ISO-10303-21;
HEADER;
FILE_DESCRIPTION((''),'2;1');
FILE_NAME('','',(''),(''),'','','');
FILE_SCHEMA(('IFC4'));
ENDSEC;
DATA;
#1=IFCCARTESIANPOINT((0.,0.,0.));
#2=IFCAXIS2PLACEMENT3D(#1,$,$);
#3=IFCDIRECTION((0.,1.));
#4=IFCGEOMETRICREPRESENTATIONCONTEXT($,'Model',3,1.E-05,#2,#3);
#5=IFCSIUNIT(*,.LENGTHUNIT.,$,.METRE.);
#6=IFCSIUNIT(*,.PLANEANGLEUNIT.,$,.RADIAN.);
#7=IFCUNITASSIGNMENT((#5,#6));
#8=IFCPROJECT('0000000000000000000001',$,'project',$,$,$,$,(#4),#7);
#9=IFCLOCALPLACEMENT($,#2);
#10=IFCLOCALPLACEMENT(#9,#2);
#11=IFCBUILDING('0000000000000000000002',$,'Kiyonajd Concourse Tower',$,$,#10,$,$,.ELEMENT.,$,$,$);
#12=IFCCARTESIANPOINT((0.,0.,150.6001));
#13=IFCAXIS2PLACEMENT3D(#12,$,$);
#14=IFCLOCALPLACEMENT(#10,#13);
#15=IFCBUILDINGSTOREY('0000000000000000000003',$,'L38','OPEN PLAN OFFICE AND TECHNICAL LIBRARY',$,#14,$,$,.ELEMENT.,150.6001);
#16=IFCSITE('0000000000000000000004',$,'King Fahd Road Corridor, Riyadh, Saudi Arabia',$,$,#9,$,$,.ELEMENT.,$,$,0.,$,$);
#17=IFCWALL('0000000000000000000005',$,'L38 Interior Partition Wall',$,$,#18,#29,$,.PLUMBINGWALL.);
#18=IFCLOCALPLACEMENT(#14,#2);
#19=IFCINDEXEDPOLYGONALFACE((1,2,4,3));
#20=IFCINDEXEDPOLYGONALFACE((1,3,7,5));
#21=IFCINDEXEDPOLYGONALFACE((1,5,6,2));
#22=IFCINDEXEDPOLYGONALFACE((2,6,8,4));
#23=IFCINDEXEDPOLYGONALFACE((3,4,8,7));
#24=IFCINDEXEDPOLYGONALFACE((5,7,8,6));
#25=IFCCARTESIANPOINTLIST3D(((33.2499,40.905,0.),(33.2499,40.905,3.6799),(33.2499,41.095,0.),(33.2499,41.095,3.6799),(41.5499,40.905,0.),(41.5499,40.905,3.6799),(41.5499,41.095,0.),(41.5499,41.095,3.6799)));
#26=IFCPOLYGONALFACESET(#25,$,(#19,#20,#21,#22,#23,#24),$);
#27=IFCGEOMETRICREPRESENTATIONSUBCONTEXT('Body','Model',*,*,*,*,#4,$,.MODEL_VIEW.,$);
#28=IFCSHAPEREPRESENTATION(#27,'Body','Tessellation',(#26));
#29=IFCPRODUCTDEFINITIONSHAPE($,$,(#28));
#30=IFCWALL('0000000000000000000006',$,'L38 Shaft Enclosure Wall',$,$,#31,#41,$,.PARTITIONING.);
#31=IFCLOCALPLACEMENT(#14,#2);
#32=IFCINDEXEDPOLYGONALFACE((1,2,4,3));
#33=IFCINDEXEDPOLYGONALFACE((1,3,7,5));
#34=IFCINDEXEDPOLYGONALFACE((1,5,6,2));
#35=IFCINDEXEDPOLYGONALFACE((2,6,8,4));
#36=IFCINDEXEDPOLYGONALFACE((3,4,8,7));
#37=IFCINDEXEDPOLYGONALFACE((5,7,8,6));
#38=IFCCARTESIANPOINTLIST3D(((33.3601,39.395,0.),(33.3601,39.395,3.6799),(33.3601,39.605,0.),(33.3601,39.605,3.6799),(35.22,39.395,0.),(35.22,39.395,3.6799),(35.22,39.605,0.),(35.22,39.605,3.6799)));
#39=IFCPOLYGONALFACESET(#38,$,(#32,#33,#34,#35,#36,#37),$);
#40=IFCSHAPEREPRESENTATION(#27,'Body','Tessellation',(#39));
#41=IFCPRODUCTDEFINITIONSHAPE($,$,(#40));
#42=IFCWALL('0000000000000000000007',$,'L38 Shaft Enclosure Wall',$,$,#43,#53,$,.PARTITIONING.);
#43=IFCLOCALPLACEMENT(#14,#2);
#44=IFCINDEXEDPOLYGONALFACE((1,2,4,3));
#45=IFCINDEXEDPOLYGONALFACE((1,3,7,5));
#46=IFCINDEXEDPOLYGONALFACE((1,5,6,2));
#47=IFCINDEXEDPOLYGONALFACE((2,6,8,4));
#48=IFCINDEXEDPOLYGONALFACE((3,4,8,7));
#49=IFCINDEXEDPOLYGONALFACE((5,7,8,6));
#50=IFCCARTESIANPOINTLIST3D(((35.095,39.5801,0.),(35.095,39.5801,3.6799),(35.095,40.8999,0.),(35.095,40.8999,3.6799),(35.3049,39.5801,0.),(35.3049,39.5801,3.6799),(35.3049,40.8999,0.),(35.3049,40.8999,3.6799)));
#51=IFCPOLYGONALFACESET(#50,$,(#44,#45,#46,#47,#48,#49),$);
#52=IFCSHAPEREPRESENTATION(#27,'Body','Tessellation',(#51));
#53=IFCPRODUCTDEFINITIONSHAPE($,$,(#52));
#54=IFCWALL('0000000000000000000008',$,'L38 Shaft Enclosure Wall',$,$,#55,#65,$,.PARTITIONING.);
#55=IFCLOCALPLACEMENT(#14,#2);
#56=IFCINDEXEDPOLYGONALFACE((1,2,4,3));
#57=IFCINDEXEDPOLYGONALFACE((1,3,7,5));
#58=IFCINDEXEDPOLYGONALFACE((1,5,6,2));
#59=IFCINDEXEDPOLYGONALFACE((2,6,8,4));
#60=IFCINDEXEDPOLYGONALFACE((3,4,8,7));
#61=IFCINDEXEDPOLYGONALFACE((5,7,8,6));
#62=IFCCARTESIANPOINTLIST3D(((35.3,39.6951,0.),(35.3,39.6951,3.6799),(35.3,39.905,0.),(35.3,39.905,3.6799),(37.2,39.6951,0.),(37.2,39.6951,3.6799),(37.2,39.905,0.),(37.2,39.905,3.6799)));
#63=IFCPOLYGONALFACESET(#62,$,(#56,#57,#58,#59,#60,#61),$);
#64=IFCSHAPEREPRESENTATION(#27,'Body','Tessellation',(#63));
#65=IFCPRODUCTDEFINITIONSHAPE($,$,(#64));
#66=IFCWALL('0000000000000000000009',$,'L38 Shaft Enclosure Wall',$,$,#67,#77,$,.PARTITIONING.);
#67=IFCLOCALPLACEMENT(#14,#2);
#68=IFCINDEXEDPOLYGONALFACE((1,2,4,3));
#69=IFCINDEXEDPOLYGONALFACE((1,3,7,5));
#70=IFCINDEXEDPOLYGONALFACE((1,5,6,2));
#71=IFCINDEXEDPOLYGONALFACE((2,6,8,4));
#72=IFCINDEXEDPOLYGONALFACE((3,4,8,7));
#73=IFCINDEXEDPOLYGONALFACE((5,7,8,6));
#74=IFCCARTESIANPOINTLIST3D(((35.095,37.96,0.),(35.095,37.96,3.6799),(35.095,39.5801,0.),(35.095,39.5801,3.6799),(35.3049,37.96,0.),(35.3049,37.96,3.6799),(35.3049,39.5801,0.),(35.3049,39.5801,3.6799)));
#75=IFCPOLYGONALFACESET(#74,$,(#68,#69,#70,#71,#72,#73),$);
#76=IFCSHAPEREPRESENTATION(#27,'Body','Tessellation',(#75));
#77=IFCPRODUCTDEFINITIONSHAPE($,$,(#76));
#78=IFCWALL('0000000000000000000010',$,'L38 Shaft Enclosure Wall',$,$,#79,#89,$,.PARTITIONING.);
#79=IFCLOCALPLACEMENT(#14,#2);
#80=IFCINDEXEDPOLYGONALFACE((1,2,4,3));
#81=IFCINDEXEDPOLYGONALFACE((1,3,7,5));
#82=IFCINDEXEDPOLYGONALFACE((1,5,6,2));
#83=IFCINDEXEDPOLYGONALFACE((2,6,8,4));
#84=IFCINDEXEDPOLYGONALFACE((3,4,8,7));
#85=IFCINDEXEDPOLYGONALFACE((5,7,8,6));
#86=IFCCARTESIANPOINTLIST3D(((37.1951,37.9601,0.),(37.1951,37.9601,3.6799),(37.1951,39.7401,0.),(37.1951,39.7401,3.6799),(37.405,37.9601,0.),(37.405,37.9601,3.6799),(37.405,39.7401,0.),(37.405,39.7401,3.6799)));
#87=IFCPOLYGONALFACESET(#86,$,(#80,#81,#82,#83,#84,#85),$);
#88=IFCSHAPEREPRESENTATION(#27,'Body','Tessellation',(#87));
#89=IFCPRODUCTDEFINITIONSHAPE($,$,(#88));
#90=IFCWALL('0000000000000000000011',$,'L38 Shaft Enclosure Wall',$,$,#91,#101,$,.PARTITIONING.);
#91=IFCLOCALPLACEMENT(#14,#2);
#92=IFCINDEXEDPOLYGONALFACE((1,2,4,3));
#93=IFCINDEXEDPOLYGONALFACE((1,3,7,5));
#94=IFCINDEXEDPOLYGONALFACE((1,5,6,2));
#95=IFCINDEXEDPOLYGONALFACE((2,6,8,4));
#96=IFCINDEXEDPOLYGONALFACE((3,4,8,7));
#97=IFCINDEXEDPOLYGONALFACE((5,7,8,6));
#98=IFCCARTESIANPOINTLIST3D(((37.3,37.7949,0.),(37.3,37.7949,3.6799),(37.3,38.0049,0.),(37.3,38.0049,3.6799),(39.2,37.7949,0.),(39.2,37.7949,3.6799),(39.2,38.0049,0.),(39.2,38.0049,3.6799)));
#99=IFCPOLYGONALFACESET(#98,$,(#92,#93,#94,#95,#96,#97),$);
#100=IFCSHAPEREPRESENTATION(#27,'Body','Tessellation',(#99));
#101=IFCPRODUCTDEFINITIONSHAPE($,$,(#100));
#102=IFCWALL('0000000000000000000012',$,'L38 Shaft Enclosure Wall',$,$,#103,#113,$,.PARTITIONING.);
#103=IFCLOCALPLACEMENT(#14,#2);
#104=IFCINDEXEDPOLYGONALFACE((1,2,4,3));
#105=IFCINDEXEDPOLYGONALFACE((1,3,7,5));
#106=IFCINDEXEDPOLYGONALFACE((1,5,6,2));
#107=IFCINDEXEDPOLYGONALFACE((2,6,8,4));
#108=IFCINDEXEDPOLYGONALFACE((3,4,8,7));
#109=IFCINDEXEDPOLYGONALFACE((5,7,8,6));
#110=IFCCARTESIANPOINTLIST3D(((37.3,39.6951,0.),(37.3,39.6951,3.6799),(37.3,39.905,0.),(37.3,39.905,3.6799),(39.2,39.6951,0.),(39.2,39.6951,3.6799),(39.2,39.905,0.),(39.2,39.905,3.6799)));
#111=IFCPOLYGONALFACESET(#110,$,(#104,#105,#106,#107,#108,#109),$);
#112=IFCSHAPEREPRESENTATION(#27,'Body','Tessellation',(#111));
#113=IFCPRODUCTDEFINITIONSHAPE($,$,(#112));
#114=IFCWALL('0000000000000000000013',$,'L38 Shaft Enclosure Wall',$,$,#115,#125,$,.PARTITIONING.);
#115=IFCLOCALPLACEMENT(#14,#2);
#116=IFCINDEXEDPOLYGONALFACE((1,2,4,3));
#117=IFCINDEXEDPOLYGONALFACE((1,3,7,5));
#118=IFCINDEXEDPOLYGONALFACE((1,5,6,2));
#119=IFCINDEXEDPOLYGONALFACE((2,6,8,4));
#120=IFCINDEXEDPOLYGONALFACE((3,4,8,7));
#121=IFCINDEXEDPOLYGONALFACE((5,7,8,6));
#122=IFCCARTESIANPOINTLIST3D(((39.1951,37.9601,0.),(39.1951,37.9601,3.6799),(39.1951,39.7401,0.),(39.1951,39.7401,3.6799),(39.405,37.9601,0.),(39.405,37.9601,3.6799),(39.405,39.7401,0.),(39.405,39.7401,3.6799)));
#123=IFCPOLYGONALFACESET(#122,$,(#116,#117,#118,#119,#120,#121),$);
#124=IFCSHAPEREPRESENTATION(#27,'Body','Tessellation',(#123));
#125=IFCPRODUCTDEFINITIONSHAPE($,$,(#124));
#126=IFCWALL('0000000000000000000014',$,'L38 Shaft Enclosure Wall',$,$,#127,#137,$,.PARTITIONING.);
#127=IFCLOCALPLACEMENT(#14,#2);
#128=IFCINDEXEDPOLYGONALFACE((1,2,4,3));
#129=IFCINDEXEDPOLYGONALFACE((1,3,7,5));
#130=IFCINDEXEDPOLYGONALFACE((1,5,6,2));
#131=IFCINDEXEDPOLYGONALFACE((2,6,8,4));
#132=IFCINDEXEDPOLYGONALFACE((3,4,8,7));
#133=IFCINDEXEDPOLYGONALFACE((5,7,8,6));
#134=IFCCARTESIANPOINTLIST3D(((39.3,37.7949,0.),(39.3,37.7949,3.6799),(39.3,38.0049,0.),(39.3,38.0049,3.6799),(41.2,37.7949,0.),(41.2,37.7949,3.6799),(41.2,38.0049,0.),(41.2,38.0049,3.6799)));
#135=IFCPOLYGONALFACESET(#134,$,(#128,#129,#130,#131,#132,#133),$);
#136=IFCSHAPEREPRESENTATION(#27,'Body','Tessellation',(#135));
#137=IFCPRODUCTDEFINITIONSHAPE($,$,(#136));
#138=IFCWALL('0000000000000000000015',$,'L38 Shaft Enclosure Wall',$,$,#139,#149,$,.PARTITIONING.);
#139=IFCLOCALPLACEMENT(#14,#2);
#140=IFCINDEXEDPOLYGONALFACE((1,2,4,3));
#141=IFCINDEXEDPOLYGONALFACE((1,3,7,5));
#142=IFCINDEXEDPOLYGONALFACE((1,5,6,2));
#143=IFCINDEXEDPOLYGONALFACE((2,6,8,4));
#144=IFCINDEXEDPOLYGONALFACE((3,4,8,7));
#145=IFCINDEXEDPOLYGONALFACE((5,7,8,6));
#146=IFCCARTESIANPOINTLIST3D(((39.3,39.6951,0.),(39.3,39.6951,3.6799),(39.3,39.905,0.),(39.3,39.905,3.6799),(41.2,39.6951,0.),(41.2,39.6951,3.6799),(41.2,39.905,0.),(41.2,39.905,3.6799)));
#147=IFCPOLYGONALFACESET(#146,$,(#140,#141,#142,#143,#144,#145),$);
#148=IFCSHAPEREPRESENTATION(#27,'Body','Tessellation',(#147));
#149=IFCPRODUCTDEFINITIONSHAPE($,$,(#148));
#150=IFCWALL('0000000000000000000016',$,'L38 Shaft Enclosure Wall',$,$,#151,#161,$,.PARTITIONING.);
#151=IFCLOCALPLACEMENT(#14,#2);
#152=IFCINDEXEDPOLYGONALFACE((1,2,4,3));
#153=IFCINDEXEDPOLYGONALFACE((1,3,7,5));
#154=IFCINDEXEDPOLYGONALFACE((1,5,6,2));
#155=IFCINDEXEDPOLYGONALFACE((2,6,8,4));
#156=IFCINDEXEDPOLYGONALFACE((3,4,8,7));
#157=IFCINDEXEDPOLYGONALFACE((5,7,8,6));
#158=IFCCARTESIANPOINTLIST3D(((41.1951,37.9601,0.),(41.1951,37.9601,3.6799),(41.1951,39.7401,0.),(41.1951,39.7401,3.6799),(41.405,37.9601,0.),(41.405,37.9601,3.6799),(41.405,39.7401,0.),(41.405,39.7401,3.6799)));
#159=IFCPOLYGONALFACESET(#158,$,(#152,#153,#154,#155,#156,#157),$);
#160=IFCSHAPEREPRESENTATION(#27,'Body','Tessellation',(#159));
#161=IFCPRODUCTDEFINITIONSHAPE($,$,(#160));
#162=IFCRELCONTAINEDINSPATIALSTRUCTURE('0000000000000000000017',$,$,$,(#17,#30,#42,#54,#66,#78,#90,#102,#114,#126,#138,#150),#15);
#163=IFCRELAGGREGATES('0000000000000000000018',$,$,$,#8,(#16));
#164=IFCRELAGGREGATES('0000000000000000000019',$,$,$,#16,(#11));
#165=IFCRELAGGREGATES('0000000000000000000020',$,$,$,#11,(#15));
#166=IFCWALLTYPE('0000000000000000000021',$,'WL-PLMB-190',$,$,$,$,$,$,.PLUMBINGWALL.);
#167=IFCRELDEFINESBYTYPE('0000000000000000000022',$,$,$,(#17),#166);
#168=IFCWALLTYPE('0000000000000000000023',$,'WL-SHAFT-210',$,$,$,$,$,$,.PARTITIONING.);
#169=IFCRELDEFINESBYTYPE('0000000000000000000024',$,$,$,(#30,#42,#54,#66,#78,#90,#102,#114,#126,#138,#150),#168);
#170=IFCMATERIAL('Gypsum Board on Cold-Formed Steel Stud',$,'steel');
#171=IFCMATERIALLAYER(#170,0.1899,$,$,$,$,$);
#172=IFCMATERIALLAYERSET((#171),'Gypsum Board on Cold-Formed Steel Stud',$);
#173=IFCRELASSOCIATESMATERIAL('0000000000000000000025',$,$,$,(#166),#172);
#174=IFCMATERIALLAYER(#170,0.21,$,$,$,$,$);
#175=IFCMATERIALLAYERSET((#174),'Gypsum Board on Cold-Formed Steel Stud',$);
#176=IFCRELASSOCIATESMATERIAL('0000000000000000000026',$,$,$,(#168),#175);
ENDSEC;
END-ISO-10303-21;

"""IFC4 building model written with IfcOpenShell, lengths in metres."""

from ifc_helpers import new_model, si_unit, direction, frame, frame_2d, origin, place, context, subcontext, project, spatial, rectangle, extrude, material, layer, layer_set, type_object, element, save


model = new_model("IFC4")

# Units and contexts
model_context = context("Model", 3, precision=1e-05, world=origin(), true_north=direction((0.0, 1.0)))
body_context = subcontext(model_context, "Body", "Model", "MODEL_VIEW")
ifc_project = project(units=[si_unit("LENGTHUNIT", "METRE"), si_unit("PLANEANGLEUNIT", "RADIAN")], contexts=[model_context])

# Site, building, storey
site_placement = place(None, origin())
site = spatial("IfcSite", under=ifc_project, at=site_placement, Name="King Fahd Road Corridor, Riyadh, Saudi Arabia", CompositionType="ELEMENT", RefElevation=0.0)
building_placement = place(site_placement, origin())
building = spatial("IfcBuilding", under=site, at=building_placement, Name="Kiyonajd Concourse Tower", CompositionType="ELEMENT")
storey_placement = place(building_placement, frame((0.0, 0.0, 150.6001)))
storey = spatial("IfcBuildingStorey", under=building, at=storey_placement, Name="L38", Description="OPEN PLAN OFFICE AND TECHNICAL LIBRARY", CompositionType="ELEMENT", Elevation=150.6001)

# Walls
ifc_material = material(Name="Gypsum Board on Cold-Formed Steel Stud", Category="steel")
ifc_layer_1 = layer(ifc_material, 0.1899)
ifc_layer_set_1 = layer_set([ifc_layer_1], Name="Gypsum Board on Cold-Formed Steel Stud")
wall_type_1 = type_object("IfcWallType", Name="WL-PLMB-190", PredefinedType="PLUMBINGWALL", material=ifc_layer_set_1)
wall_1_placement = place(storey_placement, frame((33.25, 41.0, 0.0), z_axis=(0.0, 0.0, 1.0), x_axis=(1.0, 0.0, 0.0)))
element("IfcWall", 1, at=wall_1_placement, inside=storey, type_object=wall_type_1, Name="L38 Interior Partition Wall", PredefinedType="PLUMBINGWALL", context=body_context, shape_type="SweptSolid", body=[
    extrude(rectangle(XDim=8.3, YDim=0.1899, at=frame_2d((4.1499, 0.0))), origin(), (0.0, 0.0, 1.0), 3.6799),
])
ifc_layer_2 = layer(ifc_material, 0.21)
ifc_layer_set_2 = layer_set([ifc_layer_2], Name="Gypsum Board on Cold-Formed Steel Stud")
wall_type_2 = type_object("IfcWallType", Name="WL-SHAFT-210", PredefinedType="PARTITIONING", material=ifc_layer_set_2)
wall_2_placement = place(storey_placement, frame((33.3601, 39.5, 0.0), z_axis=(0.0, 0.0, 1.0), x_axis=(1.0, 0.0, 0.0)))
element("IfcWall", 2, at=wall_2_placement, inside=storey, type_object=wall_type_2, Name="L38 Shaft Enclosure Wall", PredefinedType="PARTITIONING", context=body_context, shape_type="SweptSolid", body=[
    extrude(rectangle(XDim=1.8599, YDim=0.21, at=frame_2d((0.9299, 0.0))), origin(), (0.0, 0.0, 1.0), 3.6799),
])
wall_3_placement = place(storey_placement, frame((35.2, 39.5801, 0.0), z_axis=(0.0, 0.0, 1.0), x_axis=(0.0, 1.0, 0.0)))
element("IfcWall", 3, at=wall_3_placement, inside=storey, type_object=wall_type_2, Name="L38 Shaft Enclosure Wall", PredefinedType="PARTITIONING", context=body_context, shape_type="SweptSolid", body=[
    extrude(rectangle(XDim=1.3198, YDim=0.21, at=frame_2d((0.6599, 0.0))), origin(), (0.0, 0.0, 1.0), 3.6799),
])
wall_4_placement = place(storey_placement, frame((35.3, 39.8, 0.0), z_axis=(0.0, 0.0, 1.0), x_axis=(1.0, 0.0, 0.0)))
element("IfcWall", 4, at=wall_4_placement, inside=storey, type_object=wall_type_2, Name="L38 Shaft Enclosure Wall", PredefinedType="PARTITIONING", context=body_context, shape_type="SweptSolid", body=[
    extrude(rectangle(XDim=1.8999, YDim=0.21, at=frame_2d((0.95, 0.0))), origin(), (0.0, 0.0, 1.0), 3.6799),
])
wall_5_placement = place(storey_placement, frame((35.2, 37.96, 0.0), z_axis=(0.0, 0.0, 1.0), x_axis=(0.0, 1.0, 0.0)))
element("IfcWall", 5, at=wall_5_placement, inside=storey, type_object=wall_type_2, Name="L38 Shaft Enclosure Wall", PredefinedType="PARTITIONING", context=body_context, shape_type="SweptSolid", body=[
    extrude(rectangle(XDim=1.6201, YDim=0.21, at=frame_2d((0.8101, 0.0))), origin(), (0.0, 0.0, 1.0), 3.6799),
])
wall_6_placement = place(storey_placement, frame((37.3, 37.96, 0.0), z_axis=(0.0, 0.0, 1.0), x_axis=(0.0, 1.0, 0.0)))
element("IfcWall", 6, at=wall_6_placement, inside=storey, type_object=wall_type_2, Name="L38 Shaft Enclosure Wall", PredefinedType="PARTITIONING", context=body_context, shape_type="SweptSolid", body=[
    extrude(rectangle(XDim=1.78, YDim=0.21, at=frame_2d((0.8901, 0.0))), origin(), (0.0, 0.0, 1.0), 3.6799),
])
for number, where, z_axis, x_axis, name in (
    (7, (37.3, 37.8999, 0.0), (0.0, 0.0, 1.0), (1.0, 0.0, 0.0), "L38 Shaft Enclosure Wall"),
    (8, (37.3, 39.8, 0.0), (0.0, 0.0, 1.0), (1.0, 0.0, 0.0), "L38 Shaft Enclosure Wall"),
):
    element("IfcWall", number, at=place(storey_placement, frame(where, z_axis=z_axis, x_axis=x_axis)), inside=storey, type_object=wall_type_2, Name=name, PredefinedType="PARTITIONING", context=body_context, shape_type="SweptSolid", body=[
        extrude(rectangle(XDim=1.8999, YDim=0.21, at=frame_2d((0.95, 0.0))), origin(), (0.0, 0.0, 1.0), 3.6799),
    ])
wall_7_placement = place(storey_placement, frame((39.3, 37.96, 0.0), z_axis=(0.0, 0.0, 1.0), x_axis=(0.0, 1.0, 0.0)))
element("IfcWall", 9, at=wall_7_placement, inside=storey, type_object=wall_type_2, Name="L38 Shaft Enclosure Wall", PredefinedType="PARTITIONING", context=body_context, shape_type="SweptSolid", body=[
    extrude(rectangle(XDim=1.78, YDim=0.21, at=frame_2d((0.8901, 0.0))), origin(), (0.0, 0.0, 1.0), 3.6799),
])
for number, where, z_axis, x_axis, name in (
    (10, (39.3, 37.8999, 0.0), (0.0, 0.0, 1.0), (1.0, 0.0, 0.0), "L38 Shaft Enclosure Wall"),
    (11, (39.3, 39.8, 0.0), (0.0, 0.0, 1.0), (1.0, 0.0, 0.0), "L38 Shaft Enclosure Wall"),
):
    element("IfcWall", number, at=place(storey_placement, frame(where, z_axis=z_axis, x_axis=x_axis)), inside=storey, type_object=wall_type_2, Name=name, PredefinedType="PARTITIONING", context=body_context, shape_type="SweptSolid", body=[
        extrude(rectangle(XDim=1.8999, YDim=0.21, at=frame_2d((0.95, 0.0))), origin(), (0.0, 0.0, 1.0), 3.6799),
    ])
wall_8_placement = place(storey_placement, frame((41.3, 37.96, 0.0), z_axis=(0.0, 0.0, 1.0), x_axis=(0.0, 1.0, 0.0)))
element("IfcWall", 12, at=wall_8_placement, inside=storey, type_object=wall_type_2, Name="L38 Shaft Enclosure Wall", PredefinedType="PARTITIONING", context=body_context, shape_type="SweptSolid", body=[
    extrude(rectangle(XDim=1.78, YDim=0.21, at=frame_2d((0.8901, 0.0))), origin(), (0.0, 0.0, 1.0), 3.6799),
])

save(model, "model.ifc")
